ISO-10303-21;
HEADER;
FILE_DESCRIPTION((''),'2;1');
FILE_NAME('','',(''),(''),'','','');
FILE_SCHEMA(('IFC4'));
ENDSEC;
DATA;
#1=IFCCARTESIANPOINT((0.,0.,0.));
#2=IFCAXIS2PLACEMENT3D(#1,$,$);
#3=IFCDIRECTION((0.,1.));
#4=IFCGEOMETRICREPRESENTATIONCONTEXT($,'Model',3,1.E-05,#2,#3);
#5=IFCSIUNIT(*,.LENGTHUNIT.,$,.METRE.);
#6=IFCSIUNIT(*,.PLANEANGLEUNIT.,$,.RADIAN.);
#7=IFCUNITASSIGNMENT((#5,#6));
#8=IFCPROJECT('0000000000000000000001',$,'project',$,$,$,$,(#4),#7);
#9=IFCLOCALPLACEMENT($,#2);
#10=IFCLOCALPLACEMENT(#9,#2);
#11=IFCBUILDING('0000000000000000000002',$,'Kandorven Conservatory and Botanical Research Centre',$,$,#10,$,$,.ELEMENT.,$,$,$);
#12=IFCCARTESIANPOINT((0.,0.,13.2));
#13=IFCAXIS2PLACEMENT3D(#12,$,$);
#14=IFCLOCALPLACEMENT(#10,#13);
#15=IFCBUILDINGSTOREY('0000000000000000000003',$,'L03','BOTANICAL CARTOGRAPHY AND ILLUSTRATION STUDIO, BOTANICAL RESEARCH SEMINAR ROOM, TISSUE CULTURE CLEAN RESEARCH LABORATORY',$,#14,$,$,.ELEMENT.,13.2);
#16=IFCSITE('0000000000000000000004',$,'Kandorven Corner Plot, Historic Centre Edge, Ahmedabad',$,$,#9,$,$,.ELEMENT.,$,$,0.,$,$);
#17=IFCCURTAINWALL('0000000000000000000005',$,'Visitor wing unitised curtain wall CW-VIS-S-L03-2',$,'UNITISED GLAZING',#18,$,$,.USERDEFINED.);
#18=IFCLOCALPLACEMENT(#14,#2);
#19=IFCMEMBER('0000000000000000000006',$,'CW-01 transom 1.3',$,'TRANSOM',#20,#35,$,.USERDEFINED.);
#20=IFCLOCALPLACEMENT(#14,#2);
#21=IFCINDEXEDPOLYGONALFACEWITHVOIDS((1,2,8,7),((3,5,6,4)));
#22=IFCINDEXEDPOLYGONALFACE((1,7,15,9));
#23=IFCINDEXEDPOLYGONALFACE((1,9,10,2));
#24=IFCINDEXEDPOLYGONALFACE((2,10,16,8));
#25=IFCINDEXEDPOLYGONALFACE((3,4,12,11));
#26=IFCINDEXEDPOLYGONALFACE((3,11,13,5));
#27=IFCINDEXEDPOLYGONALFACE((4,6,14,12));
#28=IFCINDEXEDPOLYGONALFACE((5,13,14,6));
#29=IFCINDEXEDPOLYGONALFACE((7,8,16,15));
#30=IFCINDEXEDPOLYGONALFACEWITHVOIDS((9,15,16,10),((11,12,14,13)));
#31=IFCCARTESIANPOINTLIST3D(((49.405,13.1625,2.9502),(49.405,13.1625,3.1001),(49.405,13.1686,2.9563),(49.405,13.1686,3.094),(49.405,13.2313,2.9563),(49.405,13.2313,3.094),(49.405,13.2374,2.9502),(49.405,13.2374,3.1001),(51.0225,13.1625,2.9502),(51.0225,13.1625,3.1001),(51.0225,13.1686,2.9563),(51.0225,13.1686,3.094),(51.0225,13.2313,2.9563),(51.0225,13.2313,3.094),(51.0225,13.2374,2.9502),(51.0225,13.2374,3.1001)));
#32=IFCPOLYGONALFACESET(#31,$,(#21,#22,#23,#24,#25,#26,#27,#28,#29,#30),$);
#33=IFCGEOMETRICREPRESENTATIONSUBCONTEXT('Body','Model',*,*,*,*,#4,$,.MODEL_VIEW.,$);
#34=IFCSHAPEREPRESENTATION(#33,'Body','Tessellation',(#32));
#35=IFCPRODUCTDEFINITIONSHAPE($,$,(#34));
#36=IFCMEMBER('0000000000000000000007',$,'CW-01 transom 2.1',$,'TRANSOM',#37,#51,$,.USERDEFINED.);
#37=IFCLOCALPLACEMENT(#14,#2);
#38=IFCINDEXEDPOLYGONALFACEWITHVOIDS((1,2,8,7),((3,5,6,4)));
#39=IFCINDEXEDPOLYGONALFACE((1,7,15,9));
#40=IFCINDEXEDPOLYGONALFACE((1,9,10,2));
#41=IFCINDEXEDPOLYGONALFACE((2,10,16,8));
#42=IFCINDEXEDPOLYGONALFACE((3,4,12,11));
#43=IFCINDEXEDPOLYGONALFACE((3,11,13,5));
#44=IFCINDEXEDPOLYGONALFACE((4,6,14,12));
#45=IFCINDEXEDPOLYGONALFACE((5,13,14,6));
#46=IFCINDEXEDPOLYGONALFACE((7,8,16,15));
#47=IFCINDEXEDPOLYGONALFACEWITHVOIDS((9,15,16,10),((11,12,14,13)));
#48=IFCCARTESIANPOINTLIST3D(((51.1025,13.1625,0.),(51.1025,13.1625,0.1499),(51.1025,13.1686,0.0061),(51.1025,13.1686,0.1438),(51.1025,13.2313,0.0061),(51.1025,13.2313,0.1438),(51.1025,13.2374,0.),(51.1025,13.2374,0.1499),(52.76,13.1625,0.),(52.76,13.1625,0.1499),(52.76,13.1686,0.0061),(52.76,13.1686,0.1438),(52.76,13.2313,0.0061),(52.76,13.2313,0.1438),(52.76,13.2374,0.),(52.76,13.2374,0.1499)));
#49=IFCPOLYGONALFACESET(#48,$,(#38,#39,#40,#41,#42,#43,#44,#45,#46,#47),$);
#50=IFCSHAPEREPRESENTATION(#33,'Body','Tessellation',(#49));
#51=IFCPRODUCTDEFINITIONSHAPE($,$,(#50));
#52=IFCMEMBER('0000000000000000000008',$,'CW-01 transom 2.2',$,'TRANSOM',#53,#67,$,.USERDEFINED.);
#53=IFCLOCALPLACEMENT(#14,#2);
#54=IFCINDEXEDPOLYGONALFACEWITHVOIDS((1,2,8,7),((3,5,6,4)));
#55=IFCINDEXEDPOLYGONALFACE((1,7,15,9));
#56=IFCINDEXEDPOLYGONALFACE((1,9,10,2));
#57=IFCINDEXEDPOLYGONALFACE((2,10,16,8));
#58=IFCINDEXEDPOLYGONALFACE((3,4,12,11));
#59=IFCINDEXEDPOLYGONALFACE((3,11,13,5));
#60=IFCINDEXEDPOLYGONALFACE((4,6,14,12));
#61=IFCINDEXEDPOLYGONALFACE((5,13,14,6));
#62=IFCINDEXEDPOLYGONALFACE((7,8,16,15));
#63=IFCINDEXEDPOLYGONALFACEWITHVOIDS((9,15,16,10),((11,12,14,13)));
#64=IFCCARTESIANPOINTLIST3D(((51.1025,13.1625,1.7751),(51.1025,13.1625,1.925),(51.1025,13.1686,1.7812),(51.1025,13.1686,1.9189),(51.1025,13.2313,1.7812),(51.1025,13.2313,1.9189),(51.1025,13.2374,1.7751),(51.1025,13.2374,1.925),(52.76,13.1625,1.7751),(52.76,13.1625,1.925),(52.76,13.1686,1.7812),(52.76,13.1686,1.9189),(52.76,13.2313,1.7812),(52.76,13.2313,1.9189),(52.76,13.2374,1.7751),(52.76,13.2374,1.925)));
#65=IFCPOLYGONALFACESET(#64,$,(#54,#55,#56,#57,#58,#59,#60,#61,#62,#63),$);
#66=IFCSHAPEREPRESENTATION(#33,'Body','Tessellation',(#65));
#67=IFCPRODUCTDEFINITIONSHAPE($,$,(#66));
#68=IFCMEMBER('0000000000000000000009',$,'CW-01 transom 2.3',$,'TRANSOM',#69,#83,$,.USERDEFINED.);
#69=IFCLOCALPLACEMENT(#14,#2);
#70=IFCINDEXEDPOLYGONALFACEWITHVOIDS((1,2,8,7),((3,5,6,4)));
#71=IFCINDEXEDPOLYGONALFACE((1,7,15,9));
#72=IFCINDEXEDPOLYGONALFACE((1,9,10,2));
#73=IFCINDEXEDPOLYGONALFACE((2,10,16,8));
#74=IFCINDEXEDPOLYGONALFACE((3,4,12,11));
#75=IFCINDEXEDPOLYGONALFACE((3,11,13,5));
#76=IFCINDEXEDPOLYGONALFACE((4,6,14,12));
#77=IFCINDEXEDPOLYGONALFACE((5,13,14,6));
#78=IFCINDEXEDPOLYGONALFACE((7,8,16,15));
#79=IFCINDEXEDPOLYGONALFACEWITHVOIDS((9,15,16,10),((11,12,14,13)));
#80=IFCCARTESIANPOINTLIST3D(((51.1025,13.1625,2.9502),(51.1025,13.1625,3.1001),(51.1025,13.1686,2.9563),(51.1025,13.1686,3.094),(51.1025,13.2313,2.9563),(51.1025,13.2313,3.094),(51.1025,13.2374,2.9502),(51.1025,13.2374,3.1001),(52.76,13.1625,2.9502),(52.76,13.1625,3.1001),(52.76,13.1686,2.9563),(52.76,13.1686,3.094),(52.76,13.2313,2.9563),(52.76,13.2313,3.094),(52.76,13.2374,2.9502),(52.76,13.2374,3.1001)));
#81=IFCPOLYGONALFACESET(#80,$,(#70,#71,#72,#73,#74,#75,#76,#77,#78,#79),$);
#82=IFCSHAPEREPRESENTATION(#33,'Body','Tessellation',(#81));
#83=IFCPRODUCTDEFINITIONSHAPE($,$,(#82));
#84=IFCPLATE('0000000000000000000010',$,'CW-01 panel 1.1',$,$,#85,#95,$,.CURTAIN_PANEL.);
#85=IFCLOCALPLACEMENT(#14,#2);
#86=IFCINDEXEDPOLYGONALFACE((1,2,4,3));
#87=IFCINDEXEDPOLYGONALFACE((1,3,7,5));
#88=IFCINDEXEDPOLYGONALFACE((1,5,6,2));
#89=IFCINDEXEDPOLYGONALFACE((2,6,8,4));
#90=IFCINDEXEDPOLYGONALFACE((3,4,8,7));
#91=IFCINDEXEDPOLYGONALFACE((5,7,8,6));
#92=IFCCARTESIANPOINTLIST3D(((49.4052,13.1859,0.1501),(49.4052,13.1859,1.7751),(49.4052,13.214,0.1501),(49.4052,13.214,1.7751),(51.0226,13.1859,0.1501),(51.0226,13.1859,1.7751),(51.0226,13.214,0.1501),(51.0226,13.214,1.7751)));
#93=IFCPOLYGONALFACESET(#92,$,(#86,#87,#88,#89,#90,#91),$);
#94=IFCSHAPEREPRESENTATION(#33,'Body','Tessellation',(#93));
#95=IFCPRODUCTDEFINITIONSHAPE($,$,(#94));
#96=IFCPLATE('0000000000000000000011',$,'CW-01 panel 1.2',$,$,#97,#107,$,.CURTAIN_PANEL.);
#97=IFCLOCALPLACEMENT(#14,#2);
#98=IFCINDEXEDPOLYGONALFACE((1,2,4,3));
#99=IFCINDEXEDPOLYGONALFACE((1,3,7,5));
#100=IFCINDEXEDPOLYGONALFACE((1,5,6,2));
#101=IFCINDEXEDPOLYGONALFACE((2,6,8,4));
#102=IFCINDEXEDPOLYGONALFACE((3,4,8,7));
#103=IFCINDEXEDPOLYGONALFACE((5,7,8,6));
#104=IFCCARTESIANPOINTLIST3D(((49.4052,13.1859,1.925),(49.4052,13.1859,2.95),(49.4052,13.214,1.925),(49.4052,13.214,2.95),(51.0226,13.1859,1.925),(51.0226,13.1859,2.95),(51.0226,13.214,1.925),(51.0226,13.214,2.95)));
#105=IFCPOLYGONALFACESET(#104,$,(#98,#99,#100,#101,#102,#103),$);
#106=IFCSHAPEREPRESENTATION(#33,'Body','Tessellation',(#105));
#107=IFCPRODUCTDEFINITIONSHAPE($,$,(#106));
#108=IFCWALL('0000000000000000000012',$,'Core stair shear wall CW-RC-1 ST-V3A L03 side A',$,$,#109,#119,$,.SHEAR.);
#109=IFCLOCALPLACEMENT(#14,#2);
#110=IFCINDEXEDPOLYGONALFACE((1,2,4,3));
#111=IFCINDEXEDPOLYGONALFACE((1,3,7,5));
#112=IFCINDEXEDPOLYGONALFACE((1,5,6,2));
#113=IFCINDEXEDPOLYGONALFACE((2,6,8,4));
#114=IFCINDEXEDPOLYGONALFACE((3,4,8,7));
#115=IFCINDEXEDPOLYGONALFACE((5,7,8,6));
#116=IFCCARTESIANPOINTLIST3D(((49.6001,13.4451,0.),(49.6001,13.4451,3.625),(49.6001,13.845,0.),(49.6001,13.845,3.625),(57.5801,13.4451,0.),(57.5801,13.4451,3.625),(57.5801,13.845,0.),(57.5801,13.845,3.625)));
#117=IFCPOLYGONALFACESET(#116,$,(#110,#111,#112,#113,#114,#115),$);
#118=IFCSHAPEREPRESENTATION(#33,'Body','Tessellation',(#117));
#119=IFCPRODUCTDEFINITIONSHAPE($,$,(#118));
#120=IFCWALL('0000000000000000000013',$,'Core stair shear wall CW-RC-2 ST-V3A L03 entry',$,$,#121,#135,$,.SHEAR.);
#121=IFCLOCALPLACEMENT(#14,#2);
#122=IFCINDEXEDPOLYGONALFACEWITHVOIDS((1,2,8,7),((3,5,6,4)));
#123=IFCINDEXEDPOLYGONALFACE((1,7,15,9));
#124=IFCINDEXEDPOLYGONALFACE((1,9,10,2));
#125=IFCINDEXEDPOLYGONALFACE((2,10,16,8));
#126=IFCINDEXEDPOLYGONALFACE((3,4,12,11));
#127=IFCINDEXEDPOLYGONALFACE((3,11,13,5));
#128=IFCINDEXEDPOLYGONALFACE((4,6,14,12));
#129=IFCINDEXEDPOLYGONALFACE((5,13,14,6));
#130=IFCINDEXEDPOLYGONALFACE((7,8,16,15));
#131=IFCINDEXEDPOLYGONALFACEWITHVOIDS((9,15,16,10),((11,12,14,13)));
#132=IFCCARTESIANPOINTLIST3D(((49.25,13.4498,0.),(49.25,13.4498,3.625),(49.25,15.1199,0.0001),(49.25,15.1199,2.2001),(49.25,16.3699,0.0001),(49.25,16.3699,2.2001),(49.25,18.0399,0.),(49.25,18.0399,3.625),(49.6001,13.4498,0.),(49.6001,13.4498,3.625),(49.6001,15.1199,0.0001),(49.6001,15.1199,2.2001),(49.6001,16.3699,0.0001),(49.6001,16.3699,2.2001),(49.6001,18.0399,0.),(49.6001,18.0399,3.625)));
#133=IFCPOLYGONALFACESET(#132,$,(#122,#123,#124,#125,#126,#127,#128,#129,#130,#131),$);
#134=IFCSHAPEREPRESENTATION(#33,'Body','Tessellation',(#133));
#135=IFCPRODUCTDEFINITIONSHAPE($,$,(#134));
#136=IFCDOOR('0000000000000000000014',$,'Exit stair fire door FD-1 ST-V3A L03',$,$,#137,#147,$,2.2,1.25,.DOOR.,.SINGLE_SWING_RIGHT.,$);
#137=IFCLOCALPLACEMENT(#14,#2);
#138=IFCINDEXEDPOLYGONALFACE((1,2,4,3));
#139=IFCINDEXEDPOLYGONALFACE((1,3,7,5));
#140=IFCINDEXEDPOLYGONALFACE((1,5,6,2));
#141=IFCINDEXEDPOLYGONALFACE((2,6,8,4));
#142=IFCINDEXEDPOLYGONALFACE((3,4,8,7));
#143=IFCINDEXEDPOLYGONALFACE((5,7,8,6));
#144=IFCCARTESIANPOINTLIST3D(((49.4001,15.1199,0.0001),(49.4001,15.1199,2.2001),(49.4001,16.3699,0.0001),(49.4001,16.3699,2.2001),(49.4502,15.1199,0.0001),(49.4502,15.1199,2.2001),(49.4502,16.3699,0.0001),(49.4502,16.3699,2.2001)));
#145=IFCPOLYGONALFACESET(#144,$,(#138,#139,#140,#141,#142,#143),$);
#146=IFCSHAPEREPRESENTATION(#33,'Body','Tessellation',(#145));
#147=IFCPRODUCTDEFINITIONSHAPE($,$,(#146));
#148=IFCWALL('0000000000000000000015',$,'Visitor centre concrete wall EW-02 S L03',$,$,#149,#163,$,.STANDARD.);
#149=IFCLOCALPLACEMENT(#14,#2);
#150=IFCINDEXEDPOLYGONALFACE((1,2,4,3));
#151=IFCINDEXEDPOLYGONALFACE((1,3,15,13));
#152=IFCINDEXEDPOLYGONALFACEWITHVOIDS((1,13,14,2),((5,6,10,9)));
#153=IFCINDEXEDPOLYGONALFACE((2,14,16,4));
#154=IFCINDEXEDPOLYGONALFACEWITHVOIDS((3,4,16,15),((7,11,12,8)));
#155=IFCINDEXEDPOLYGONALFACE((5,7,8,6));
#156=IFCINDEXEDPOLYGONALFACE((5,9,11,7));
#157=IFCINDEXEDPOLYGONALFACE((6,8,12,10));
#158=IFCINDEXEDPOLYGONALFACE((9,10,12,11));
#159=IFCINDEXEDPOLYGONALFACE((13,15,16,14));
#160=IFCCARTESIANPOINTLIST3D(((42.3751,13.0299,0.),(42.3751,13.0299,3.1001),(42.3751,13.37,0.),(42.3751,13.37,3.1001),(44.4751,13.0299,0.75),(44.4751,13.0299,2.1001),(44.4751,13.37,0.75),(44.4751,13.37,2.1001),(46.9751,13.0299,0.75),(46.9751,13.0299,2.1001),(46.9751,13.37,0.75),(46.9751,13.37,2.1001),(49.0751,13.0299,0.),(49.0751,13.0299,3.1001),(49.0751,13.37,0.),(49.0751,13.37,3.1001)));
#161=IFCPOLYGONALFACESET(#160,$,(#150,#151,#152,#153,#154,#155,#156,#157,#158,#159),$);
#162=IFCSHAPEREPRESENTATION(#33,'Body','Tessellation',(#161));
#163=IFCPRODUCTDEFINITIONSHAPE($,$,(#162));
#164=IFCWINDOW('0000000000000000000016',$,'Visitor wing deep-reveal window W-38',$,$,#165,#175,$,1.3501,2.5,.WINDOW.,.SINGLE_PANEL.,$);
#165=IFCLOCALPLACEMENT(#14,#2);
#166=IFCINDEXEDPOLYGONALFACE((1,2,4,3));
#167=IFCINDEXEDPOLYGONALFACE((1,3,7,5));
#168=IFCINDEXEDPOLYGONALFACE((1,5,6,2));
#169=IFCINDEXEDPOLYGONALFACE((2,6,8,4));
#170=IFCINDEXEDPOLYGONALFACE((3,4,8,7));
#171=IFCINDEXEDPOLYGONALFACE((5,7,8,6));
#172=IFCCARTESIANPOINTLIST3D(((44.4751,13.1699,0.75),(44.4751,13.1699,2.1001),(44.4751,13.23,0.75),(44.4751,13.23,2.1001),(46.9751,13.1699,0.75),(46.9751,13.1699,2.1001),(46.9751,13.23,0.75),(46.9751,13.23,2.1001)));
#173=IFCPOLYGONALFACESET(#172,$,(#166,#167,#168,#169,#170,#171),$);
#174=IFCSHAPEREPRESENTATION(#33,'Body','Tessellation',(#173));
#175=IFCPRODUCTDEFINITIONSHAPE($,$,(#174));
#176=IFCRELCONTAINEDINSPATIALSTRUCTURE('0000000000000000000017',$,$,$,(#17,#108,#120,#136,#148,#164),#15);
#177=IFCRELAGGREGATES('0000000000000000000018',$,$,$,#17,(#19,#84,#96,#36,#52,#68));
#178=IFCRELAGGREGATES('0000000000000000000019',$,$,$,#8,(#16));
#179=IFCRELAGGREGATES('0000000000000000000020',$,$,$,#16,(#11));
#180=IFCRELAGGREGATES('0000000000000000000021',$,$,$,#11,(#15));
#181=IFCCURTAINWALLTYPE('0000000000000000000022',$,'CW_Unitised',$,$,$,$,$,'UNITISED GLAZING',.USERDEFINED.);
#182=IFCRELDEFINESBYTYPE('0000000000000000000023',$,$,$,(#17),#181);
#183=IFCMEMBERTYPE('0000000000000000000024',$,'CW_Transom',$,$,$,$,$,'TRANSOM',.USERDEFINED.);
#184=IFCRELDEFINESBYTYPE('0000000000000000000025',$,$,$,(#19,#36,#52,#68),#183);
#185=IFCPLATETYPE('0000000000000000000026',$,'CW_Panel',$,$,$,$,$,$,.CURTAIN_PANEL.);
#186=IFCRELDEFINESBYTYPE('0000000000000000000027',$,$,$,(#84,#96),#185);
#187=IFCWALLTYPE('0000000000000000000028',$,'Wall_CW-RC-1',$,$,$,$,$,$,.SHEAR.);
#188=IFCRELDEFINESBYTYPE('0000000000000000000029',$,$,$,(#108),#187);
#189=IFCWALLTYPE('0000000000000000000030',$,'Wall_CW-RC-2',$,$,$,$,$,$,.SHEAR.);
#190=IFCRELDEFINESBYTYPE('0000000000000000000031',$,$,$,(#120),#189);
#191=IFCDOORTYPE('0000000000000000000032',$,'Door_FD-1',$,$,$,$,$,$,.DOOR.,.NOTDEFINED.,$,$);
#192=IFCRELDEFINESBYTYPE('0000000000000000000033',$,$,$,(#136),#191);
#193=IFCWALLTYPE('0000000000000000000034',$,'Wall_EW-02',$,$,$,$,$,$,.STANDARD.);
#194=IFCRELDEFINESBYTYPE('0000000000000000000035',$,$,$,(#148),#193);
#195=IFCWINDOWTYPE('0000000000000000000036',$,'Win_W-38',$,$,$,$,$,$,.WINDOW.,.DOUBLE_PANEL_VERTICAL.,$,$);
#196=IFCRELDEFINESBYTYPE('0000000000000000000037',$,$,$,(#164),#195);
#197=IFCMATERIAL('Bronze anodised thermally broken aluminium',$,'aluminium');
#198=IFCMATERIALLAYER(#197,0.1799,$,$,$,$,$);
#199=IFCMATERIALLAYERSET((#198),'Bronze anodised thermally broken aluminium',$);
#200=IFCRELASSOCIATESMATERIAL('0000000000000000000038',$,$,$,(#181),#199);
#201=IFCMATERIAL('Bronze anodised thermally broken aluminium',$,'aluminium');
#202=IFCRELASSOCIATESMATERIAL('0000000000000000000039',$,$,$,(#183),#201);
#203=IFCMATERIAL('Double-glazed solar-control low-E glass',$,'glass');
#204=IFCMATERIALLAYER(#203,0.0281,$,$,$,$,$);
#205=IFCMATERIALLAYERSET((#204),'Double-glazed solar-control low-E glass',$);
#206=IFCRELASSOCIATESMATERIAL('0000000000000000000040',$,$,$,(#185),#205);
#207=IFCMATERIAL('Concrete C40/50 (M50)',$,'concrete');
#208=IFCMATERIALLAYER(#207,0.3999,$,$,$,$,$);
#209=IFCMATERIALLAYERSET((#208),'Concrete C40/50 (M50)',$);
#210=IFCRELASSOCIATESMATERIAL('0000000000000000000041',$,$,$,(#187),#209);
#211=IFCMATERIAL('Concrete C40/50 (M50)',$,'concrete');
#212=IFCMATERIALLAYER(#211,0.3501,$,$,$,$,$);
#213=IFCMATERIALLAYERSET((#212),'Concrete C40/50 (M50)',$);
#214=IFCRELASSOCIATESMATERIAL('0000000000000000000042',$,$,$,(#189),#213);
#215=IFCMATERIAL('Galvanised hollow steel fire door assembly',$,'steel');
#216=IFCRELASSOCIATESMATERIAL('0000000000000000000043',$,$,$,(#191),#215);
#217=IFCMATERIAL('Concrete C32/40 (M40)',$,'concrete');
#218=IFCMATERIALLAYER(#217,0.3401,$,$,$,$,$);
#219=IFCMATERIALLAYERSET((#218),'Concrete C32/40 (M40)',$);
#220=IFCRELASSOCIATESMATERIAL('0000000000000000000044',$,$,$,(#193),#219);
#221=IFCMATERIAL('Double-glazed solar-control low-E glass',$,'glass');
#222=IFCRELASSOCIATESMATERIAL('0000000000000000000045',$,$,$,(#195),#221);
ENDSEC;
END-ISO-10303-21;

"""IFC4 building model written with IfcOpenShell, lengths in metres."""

from ifc_helpers import new_model, si_unit, direction, frame, frame_2d, origin, origin_2d, place, context, subcontext, project, spatial, rectangle, hollow_rectangle, extrude, material, layer, layer_set, material_profile, profile_set, type_object, element, fill, aggregate, save


model = new_model("IFC4")

# Units and contexts
model_context = context("Model", 3, precision=1e-05, world=origin(), true_north=direction((0.0, 1.0)))
body_context = subcontext(model_context, "Body", "Model", "MODEL_VIEW")
ifc_project = project(units=[si_unit("LENGTHUNIT", "METRE"), si_unit("PLANEANGLEUNIT", "RADIAN")], contexts=[model_context])

# Site, building, storey
site_placement = place(None, origin())
site = spatial("IfcSite", under=ifc_project, at=site_placement, Name="Kandorven Corner Plot, Historic Centre Edge, Ahmedabad", CompositionType="ELEMENT", RefElevation=0.0)
building_placement = place(site_placement, origin())
building = spatial("IfcBuilding", under=site, at=building_placement, Name="Kandorven Conservatory and Botanical Research Centre", CompositionType="ELEMENT")
storey_placement = place(building_placement, frame((0.0, 0.0, 13.2)))
storey = spatial("IfcBuildingStorey", under=building, at=storey_placement, Name="L03", Description="BOTANICAL CARTOGRAPHY AND ILLUSTRATION STUDIO, BOTANICAL RESEARCH SEMINAR ROOM, TISSUE CULTURE CLEAN RESEARCH LABORATORY", CompositionType="ELEMENT", Elevation=13.2)

# Curtain wall, members, plates
ifc_material_1 = material(Name="Bronze anodised thermally broken aluminium", Category="aluminium")
ifc_layer_1 = layer(ifc_material_1, 0.1799)
ifc_layer_set_1 = layer_set([ifc_layer_1], Name="Bronze anodised thermally broken aluminium")
curtain_wall_type = type_object("IfcCurtainWallType", Name="CW_Unitised", ElementType="UNITISED GLAZING", PredefinedType="USERDEFINED", material=ifc_layer_set_1)
curtain_wall_placement = place(storey_placement, origin())
curtain_wall = element("IfcCurtainWall", 1, at=curtain_wall_placement, inside=storey, type_object=curtain_wall_type, Name="Visitor wing unitised curtain wall CW-VIS-S-L03-2", ObjectType="UNITISED GLAZING", PredefinedType="USERDEFINED")
ifc_material_2 = material(Name="Bronze anodised thermally broken aluminium", Category="aluminium")
ifc_material_profile_1 = material_profile(ifc_material_2, hollow_rectangle(XDim=0.075, YDim=0.1499, WallThickness=0.0061, at=origin_2d()))
ifc_profile_set_1 = profile_set([ifc_material_profile_1], Name="Bronze anodised thermally broken aluminium")
member_type_1 = type_object("IfcMemberType", Name="CW_Transom", ElementType="TRANSOM", PredefinedType="USERDEFINED", material=ifc_profile_set_1)
member_1_placement = place(storey_placement, frame((49.405, 13.2, 3.0251), z_axis=(1.0, 0.0, 0.0), x_axis=(0.0, 1.0, 0.0)))
member_1 = element("IfcMember", 2, at=member_1_placement, type_object=member_type_1, Name="CW-01 transom 1.3", ObjectType="TRANSOM", PredefinedType="USERDEFINED", context=body_context, shape_type="SweptSolid", body=[
    extrude(hollow_rectangle(XDim=0.075, YDim=0.1499, WallThickness=0.0061, at=origin_2d()), origin(), (0.0, 0.0, 1.0), 1.6174),
])
member_2_placement = place(storey_placement, frame((51.1025, 13.2, 0.075), z_axis=(1.0, 0.0, 0.0), x_axis=(0.0, 1.0, 0.0)))
member_2 = element("IfcMember", 3, at=member_2_placement, type_object=member_type_1, Name="CW-01 transom 2.1", ObjectType="TRANSOM", PredefinedType="USERDEFINED", context=body_context, shape_type="SweptSolid", body=[
    extrude(hollow_rectangle(XDim=0.075, YDim=0.1499, WallThickness=0.0061, at=origin_2d()), origin(), (0.0, 0.0, 1.0), 1.6575),
])
member_3_placement = place(storey_placement, frame((51.1025, 13.2, 1.8501), z_axis=(1.0, 0.0, 0.0), x_axis=(0.0, 1.0, 0.0)))
member_3 = element("IfcMember", 4, at=member_3_placement, type_object=member_type_1, Name="CW-01 transom 2.2", ObjectType="TRANSOM", PredefinedType="USERDEFINED", context=body_context, shape_type="SweptSolid", body=[
    extrude(hollow_rectangle(XDim=0.075, YDim=0.1499, WallThickness=0.0061, at=origin_2d()), origin(), (0.0, 0.0, 1.0), 1.6575),
])
member_4_placement = place(storey_placement, frame((51.1025, 13.2, 3.0251), z_axis=(1.0, 0.0, 0.0), x_axis=(0.0, 1.0, 0.0)))
member_4 = element("IfcMember", 5, at=member_4_placement, type_object=member_type_1, Name="CW-01 transom 2.3", ObjectType="TRANSOM", PredefinedType="USERDEFINED", context=body_context, shape_type="SweptSolid", body=[
    extrude(hollow_rectangle(XDim=0.075, YDim=0.1499, WallThickness=0.0061, at=origin_2d()), origin(), (0.0, 0.0, 1.0), 1.6575),
])
ifc_material_3 = material(Name="Double-glazed solar-control low-E glass", Category="glass")
ifc_layer_2 = layer(ifc_material_3, 0.0281)
ifc_layer_set_2 = layer_set([ifc_layer_2], Name="Double-glazed solar-control low-E glass")
plate_type = type_object("IfcPlateType", Name="CW_Panel", PredefinedType="CURTAIN_PANEL", material=ifc_layer_set_2)
plate_1_placement = place(storey_placement, frame((50.2139, 13.2, 0.1501), z_axis=(0.0, 0.0, 1.0), x_axis=(1.0, 0.0, 0.0)))
plate_1 = element("IfcPlate", 6, at=plate_1_placement, type_object=plate_type, Name="CW-01 panel 1.1", PredefinedType="CURTAIN_PANEL", context=body_context, shape_type="SweptSolid", body=[
    extrude(rectangle(XDim=1.6174, YDim=0.0281, at=origin_2d()), origin(), (0.0, 0.0, 1.0), 1.625),
])
plate_2_placement = place(storey_placement, frame((50.2139, 13.2, 1.925), z_axis=(0.0, 0.0, 1.0), x_axis=(1.0, 0.0, 0.0)))
plate_2 = element("IfcPlate", 7, at=plate_2_placement, type_object=plate_type, Name="CW-01 panel 1.2", PredefinedType="CURTAIN_PANEL", context=body_context, shape_type="SweptSolid", body=[
    extrude(rectangle(XDim=1.6174, YDim=0.0281, at=origin_2d()), origin(), (0.0, 0.0, 1.0), 1.0249),
])
aggregate(curtain_wall, [member_1, plate_1, plate_2, member_2, member_3, member_4])

# Wall
ifc_material_4 = material(Name="Concrete C40/50 (M50)", Category="concrete")
ifc_layer_3 = layer(ifc_material_4, 0.3999)
ifc_layer_set_3 = layer_set([ifc_layer_3], Name="Concrete C40/50 (M50)")
wall_type_1 = type_object("IfcWallType", Name="Wall_CW-RC-1", PredefinedType="SHEAR", material=ifc_layer_set_3)
wall_1_placement = place(storey_placement, frame((49.6001, 13.645, 0.0), z_axis=(0.0, 0.0, 1.0), x_axis=(1.0, 0.0, 0.0)))
element("IfcWall", 8, at=wall_1_placement, inside=storey, type_object=wall_type_1, Name="Core stair shear wall CW-RC-1 ST-V3A L03 side A", PredefinedType="SHEAR", context=body_context, shape_type="SweptSolid", body=[
    extrude(rectangle(XDim=7.98, YDim=0.3999, at=frame_2d((3.99, 0.0))), origin(), (0.0, 0.0, 1.0), 3.625),
])

# Wall, opening, door
ifc_material_5 = material(Name="Concrete C40/50 (M50)", Category="concrete")
ifc_layer_4 = layer(ifc_material_5, 0.3501)
ifc_layer_set_4 = layer_set([ifc_layer_4], Name="Concrete C40/50 (M50)")
wall_type_2 = type_object("IfcWallType", Name="Wall_CW-RC-2", PredefinedType="SHEAR", material=ifc_layer_set_4)
wall_2_placement = place(storey_placement, frame((49.425, 13.45, 0.0), z_axis=(0.0, 0.0, 1.0), x_axis=(0.0, 1.0, 0.0)))
wall_2 = element("IfcWall", 9, at=wall_2_placement, inside=storey, type_object=wall_type_2, Name="Core stair shear wall CW-RC-2 ST-V3A L03 entry", PredefinedType="SHEAR", context=body_context, shape_type="SweptSolid", body=[
    extrude(rectangle(XDim=4.5901, YDim=0.3501, at=frame_2d((2.2949, 0.0))), origin(), (0.0, 0.0, 1.0), 3.625),
])
opening_1_placement = place(wall_2_placement, frame((1.6699, 0.0, 0.0)))
opening_1 = element("IfcOpeningElement", 10, at=opening_1_placement, cuts=wall_2, PredefinedType="OPENING", context=body_context, shape_type="SweptSolid", body=[
    extrude(rectangle(XDim=1.25, YDim=2.2, at=frame_2d((0.625, 1.1001))), frame((0.0, 0.1851, 0.0), z_axis=(0.0, -1.0, 0.0), x_axis=(1.0, 0.0, 0.0)), (0.0, 0.0, 1.0), 0.3701),
])
ifc_material_6 = material(Name="Galvanised hollow steel fire door assembly", Category="steel")
door_type_1 = type_object("IfcDoorType", Name="Door_FD-1", OperationType="NOTDEFINED", PredefinedType="DOOR", material=ifc_material_6)
door_1_placement = place(opening_1_placement, origin())
door_1 = element("IfcDoor", 11, at=door_1_placement, inside=storey, type_object=door_type_1, Name="Exit stair fire door FD-1 ST-V3A L03", OperationType="SINGLE_SWING_RIGHT", OverallHeight=2.2, OverallWidth=1.25, PredefinedType="DOOR", context=body_context, shape_type="SweptSolid", body=[
    extrude(rectangle(XDim=1.25, YDim=2.2, at=frame_2d((0.625, 1.1001))), frame((0.0, 0.0249, 0.0), z_axis=(0.0, -1.0, 0.0), x_axis=(1.0, 0.0, 0.0)), (0.0, 0.0, 1.0), 0.05),
])
fill(opening_1, door_1)

# Wall, opening, window
ifc_material_7 = material(Name="Concrete C32/40 (M40)", Category="concrete")
ifc_layer_5 = layer(ifc_material_7, 0.3401)
ifc_layer_set_5 = layer_set([ifc_layer_5], Name="Concrete C32/40 (M40)")
wall_type_3 = type_object("IfcWallType", Name="Wall_EW-02", PredefinedType="STANDARD", material=ifc_layer_set_5)
wall_3_placement = place(storey_placement, frame((42.375, 13.2, 0.0), z_axis=(0.0, 0.0, 1.0), x_axis=(1.0, 0.0, 0.0)))
wall_3 = element("IfcWall", 12, at=wall_3_placement, inside=storey, type_object=wall_type_3, Name="Visitor centre concrete wall EW-02 S L03", PredefinedType="STANDARD", context=body_context, shape_type="SweptSolid", body=[
    extrude(rectangle(XDim=6.7, YDim=0.3401, at=frame_2d((3.3501, 0.0))), origin(), (0.0, 0.0, 1.0), 3.1001),
])
opening_2_placement = place(wall_3_placement, frame((2.1001, 0.0, 0.75)))
opening_2 = element("IfcOpeningElement", 13, at=opening_2_placement, cuts=wall_3, PredefinedType="OPENING", context=body_context, shape_type="SweptSolid", body=[
    extrude(rectangle(XDim=2.5, YDim=1.3501, at=frame_2d((1.25, 0.675))), frame((0.0, 0.1799, 0.0), z_axis=(0.0, -1.0, 0.0), x_axis=(1.0, 0.0, 0.0)), (0.0, 0.0, 1.0), 0.3601),
])
ifc_material_8 = material(Name="Double-glazed solar-control low-E glass", Category="glass")
window_type = type_object("IfcWindowType", Name="Win_W-38", PartitioningType="DOUBLE_PANEL_VERTICAL", PredefinedType="WINDOW", material=ifc_material_8)
window_placement = place(opening_2_placement, origin())
window = element("IfcWindow", 14, at=window_placement, inside=storey, type_object=window_type, Name="Visitor wing deep-reveal window W-38", OverallHeight=1.3501, OverallWidth=2.5, PartitioningType="SINGLE_PANEL", PredefinedType="WINDOW", context=body_context, shape_type="SweptSolid", body=[
    extrude(rectangle(XDim=2.5, YDim=1.3501, at=frame_2d((1.25, 0.675))), frame((0.0, 0.03, 0.0), z_axis=(0.0, -1.0, 0.0), x_axis=(1.0, 0.0, 0.0)), (0.0, 0.0, 1.0), 0.0601),
])
fill(opening_2, window)

save(model, "model.ifc")
